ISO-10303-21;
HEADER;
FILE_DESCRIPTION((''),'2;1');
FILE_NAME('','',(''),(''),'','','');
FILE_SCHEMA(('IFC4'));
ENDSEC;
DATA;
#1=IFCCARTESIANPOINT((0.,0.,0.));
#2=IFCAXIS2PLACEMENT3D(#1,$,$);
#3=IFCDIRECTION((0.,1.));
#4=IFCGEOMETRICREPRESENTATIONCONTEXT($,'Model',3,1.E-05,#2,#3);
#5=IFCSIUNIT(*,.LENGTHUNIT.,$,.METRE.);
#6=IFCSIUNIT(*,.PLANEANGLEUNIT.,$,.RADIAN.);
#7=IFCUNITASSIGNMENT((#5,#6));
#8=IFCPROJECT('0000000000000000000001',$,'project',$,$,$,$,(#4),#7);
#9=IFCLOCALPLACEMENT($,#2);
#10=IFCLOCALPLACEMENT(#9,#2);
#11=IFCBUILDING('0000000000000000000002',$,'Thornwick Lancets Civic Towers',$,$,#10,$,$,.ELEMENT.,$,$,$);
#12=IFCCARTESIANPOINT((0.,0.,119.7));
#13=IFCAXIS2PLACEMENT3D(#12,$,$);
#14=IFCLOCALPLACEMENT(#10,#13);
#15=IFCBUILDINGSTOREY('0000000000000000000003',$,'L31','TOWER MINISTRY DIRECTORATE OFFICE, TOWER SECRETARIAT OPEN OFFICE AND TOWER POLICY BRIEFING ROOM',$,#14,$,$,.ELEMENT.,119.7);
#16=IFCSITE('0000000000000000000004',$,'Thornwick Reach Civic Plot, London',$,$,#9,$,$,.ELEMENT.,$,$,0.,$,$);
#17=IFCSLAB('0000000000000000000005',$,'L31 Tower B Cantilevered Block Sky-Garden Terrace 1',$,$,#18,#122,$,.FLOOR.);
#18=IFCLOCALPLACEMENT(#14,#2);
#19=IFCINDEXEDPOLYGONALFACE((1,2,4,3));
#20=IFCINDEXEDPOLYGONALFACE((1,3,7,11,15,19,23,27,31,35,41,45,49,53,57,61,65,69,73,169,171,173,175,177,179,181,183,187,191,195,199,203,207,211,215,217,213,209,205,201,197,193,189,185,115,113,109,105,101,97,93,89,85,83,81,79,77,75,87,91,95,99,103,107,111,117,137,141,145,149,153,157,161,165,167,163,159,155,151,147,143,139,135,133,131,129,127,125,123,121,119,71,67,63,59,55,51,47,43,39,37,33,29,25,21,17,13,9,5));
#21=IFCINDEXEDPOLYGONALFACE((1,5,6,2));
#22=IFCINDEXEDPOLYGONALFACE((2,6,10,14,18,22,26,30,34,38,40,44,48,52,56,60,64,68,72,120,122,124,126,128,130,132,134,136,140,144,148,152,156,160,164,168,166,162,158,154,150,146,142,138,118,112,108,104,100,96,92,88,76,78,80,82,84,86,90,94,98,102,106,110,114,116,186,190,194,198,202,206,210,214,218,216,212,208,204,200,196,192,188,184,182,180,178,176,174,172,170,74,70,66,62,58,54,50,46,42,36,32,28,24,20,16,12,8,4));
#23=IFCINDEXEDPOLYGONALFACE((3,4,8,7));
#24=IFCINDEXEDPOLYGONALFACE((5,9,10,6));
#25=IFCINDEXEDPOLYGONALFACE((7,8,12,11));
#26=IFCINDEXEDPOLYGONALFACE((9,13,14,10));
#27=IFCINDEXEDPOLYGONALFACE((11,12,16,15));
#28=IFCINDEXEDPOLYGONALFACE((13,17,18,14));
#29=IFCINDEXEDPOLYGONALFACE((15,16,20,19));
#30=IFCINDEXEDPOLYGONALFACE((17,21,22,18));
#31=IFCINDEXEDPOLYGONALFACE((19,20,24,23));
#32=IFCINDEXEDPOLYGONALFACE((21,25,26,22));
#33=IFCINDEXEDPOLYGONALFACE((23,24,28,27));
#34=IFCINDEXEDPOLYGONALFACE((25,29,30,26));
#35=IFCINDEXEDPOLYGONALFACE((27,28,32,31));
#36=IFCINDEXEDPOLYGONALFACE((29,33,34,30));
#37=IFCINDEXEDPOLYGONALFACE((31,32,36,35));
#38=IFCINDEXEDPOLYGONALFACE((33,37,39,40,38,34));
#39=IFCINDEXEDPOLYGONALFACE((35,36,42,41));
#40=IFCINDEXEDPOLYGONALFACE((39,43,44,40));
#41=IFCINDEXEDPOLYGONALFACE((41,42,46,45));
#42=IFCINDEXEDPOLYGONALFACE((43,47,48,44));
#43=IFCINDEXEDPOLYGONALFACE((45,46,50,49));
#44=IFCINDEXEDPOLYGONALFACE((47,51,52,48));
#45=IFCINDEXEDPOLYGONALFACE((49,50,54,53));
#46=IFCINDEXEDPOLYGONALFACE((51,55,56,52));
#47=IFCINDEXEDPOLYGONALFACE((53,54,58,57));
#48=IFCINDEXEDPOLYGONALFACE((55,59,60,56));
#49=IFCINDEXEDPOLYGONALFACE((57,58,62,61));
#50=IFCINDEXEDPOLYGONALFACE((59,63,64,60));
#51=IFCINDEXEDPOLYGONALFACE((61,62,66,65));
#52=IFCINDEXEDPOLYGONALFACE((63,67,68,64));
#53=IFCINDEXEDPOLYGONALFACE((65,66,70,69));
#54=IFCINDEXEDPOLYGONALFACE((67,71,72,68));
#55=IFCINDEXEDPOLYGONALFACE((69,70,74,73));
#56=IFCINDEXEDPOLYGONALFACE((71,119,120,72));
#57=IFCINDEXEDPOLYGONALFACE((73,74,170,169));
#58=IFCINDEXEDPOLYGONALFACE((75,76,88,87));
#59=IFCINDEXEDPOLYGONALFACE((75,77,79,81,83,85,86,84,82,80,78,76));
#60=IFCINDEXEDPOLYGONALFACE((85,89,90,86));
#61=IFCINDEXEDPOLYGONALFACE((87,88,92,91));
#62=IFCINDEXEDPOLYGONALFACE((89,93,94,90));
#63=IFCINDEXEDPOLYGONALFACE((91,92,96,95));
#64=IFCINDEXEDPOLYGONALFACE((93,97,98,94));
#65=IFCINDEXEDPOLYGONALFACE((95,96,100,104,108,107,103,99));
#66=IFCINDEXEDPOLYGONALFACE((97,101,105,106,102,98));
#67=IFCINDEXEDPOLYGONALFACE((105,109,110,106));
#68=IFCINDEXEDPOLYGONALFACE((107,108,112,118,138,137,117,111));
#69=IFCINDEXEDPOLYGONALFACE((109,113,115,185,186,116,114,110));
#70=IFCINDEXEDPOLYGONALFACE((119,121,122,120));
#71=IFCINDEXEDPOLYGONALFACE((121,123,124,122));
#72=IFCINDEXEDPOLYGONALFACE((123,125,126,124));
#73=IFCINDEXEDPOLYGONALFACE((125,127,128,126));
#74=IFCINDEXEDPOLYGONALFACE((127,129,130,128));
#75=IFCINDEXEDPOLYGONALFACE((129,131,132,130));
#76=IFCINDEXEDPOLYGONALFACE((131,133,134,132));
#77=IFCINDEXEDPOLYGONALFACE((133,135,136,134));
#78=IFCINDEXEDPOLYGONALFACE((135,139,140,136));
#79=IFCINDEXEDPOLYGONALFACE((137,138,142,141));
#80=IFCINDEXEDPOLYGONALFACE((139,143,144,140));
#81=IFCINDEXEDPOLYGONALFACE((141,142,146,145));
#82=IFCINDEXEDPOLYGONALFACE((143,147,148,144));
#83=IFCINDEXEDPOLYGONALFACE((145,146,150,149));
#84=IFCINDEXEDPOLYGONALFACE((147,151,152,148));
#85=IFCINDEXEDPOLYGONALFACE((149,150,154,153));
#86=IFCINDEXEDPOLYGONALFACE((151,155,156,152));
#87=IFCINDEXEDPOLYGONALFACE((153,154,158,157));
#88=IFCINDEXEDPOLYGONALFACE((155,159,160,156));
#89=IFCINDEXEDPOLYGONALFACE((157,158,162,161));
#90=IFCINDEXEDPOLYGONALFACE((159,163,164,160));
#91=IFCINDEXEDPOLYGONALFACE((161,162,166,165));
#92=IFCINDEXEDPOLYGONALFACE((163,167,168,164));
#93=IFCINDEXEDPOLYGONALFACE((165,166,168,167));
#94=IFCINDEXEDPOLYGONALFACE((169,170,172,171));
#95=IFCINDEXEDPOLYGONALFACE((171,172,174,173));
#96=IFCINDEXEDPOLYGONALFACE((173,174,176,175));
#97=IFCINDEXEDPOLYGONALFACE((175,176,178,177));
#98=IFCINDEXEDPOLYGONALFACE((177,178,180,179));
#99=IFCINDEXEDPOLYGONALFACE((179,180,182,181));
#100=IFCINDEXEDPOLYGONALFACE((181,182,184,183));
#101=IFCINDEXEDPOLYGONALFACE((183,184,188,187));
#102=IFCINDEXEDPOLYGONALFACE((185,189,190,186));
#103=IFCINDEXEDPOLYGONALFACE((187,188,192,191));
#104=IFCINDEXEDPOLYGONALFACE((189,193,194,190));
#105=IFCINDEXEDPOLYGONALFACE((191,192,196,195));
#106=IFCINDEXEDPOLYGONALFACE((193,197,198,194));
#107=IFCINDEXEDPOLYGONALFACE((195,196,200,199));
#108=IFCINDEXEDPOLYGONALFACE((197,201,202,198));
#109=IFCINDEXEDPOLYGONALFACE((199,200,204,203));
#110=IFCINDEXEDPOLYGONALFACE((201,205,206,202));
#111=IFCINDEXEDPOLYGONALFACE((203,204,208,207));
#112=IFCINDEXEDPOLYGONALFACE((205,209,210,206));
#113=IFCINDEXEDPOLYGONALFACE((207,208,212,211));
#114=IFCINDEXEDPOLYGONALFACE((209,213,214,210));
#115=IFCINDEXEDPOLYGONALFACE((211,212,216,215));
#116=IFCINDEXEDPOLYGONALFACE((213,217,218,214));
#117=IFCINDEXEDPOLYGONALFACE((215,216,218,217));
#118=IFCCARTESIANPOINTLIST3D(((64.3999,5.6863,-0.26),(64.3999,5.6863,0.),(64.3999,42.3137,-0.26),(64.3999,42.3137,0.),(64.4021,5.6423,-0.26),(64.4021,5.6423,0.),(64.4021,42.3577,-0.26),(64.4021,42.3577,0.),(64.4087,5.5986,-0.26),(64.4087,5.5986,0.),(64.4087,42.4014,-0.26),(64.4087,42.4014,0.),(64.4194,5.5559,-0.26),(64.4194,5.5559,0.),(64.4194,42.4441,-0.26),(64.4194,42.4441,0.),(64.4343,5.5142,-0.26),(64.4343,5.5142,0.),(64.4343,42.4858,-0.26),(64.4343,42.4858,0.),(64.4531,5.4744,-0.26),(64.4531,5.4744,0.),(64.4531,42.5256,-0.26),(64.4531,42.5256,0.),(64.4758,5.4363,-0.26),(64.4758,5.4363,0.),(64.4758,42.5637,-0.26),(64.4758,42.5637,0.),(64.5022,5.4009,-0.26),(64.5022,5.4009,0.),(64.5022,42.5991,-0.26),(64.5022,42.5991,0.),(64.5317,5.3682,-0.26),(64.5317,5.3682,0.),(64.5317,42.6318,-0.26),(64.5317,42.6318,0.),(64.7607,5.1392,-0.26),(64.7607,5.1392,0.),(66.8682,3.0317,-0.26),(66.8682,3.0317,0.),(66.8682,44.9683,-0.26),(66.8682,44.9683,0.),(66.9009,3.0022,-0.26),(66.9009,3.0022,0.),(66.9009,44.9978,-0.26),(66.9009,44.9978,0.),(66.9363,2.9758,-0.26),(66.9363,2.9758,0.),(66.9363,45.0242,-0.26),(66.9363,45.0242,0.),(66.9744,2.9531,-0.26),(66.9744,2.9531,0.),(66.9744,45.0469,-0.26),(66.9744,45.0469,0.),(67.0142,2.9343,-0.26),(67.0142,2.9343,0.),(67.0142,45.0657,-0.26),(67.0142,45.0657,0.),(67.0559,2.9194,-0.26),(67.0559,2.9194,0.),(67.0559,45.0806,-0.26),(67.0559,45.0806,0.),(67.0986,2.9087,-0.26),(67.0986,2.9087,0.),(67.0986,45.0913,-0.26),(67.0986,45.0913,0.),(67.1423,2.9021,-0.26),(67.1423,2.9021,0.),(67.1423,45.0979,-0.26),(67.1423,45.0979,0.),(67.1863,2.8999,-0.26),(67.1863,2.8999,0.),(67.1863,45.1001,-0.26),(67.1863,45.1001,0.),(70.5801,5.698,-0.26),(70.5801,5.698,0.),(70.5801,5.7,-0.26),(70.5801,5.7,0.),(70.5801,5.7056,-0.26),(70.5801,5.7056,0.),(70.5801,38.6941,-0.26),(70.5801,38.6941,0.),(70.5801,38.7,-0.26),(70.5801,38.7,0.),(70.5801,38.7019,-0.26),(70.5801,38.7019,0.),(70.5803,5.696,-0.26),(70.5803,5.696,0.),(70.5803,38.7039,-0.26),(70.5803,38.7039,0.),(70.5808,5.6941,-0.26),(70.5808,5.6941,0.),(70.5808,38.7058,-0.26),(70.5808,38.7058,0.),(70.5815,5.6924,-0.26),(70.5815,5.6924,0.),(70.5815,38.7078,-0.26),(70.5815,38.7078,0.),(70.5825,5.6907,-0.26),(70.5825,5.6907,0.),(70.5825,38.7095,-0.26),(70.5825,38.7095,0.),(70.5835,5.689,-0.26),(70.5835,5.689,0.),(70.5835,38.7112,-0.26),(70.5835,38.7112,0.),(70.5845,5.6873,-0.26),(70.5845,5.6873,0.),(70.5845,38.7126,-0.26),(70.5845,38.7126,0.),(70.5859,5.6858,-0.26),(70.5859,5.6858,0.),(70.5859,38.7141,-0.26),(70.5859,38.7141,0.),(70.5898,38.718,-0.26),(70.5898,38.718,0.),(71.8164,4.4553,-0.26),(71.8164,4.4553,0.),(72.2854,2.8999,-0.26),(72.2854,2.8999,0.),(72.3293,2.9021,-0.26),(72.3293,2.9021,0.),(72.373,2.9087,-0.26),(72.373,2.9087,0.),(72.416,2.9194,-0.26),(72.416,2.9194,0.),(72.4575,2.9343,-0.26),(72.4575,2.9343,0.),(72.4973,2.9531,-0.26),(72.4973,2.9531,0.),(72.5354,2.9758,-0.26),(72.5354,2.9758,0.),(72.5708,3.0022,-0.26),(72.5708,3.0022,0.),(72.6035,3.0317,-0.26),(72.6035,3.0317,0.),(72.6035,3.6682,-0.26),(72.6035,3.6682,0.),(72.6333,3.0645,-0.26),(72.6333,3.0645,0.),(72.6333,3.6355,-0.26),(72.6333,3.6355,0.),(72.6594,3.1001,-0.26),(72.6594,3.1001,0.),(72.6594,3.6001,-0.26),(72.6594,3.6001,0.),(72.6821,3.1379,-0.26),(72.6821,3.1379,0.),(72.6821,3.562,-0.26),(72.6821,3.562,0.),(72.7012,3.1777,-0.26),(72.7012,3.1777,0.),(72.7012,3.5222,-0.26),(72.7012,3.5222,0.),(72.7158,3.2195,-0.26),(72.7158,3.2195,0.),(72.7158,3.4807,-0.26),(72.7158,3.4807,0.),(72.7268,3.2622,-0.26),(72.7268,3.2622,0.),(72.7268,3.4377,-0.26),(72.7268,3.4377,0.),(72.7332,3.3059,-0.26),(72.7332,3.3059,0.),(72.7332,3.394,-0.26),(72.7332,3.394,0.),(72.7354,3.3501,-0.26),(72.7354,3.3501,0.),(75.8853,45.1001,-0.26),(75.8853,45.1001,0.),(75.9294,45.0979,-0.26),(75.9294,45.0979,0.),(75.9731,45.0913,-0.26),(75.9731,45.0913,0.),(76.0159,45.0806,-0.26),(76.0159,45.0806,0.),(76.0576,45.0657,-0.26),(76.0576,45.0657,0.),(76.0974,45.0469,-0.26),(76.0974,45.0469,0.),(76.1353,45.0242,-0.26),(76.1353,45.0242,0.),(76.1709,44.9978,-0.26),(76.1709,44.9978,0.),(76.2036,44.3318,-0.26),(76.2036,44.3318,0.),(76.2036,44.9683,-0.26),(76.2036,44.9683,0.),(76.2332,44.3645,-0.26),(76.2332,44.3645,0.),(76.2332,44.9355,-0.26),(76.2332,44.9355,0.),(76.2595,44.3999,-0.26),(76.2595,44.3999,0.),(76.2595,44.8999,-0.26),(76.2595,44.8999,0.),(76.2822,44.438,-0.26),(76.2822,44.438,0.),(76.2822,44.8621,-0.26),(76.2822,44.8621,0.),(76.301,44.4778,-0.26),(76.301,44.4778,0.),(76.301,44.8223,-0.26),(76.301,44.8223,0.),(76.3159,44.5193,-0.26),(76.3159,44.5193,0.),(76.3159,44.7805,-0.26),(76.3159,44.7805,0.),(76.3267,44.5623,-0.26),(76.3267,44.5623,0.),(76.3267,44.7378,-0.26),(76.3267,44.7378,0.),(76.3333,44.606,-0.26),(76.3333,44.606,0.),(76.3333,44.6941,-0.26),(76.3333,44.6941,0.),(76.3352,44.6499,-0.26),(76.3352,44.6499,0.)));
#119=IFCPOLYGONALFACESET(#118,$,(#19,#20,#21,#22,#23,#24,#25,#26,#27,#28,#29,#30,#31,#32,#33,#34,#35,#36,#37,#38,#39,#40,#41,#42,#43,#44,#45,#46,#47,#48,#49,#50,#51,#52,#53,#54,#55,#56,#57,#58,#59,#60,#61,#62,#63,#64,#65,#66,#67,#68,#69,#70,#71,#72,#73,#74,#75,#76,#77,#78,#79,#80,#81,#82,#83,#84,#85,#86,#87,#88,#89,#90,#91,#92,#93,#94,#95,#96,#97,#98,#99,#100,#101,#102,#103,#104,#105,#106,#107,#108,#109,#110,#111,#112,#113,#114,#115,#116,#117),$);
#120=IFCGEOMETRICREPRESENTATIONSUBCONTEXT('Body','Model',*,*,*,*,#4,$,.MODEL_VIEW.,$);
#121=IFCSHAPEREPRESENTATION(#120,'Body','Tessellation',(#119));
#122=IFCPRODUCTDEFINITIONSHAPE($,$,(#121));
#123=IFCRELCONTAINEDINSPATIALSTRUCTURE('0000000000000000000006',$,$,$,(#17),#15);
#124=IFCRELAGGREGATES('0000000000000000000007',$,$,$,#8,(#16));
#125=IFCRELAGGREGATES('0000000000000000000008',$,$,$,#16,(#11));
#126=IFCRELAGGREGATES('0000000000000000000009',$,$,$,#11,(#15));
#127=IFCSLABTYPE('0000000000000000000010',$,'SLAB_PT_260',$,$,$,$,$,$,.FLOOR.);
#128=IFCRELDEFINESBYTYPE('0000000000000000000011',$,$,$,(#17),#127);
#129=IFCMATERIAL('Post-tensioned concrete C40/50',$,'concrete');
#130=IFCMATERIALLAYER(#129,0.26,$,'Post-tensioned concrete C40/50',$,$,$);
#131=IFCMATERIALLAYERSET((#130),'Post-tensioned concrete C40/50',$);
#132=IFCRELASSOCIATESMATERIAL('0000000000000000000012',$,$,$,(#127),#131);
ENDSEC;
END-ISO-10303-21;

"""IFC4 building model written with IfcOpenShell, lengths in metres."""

from ifc_helpers import new_model, si_unit, direction, frame, origin, place, context, subcontext, project, spatial, polyline, outline, extrude, material, layer, layer_set, type_object, element, save


model = new_model("IFC4")

# Units and contexts
model_context = context("Model", 3, precision=1e-05, world=origin(), true_north=direction((0.0, 1.0)))
body_context = subcontext(model_context, "Body", "Model", "MODEL_VIEW")
ifc_project = project(units=[si_unit("LENGTHUNIT", "METRE"), si_unit("PLANEANGLEUNIT", "RADIAN")], contexts=[model_context])

# Site, building, storey
site_placement = place(None, origin())
site = spatial("IfcSite", under=ifc_project, at=site_placement, Name="Thornwick Reach Civic Plot, London", CompositionType="ELEMENT", RefElevation=0.0)
building_placement = place(site_placement, origin())
building = spatial("IfcBuilding", under=site, at=building_placement, Name="Thornwick Lancets Civic Towers", CompositionType="ELEMENT")
storey_placement = place(building_placement, frame((0.0, 0.0, 119.7)))
storey = spatial("IfcBuildingStorey", under=building, at=storey_placement, Name="L31", Description="TOWER MINISTRY DIRECTORATE OFFICE, TOWER SECRETARIAT OPEN OFFICE AND TOWER POLICY BRIEFING ROOM", CompositionType="ELEMENT", Elevation=119.7)

# Slab
ifc_material_1 = material(Name="Post-tensioned concrete C40/50", Category="concrete")
ifc_layer_1 = layer(ifc_material_1, 0.26, Name="Post-tensioned concrete C40/50")
ifc_layer_set_1 = layer_set([ifc_layer_1], Name="Post-tensioned concrete C40/50")
slab_type_1 = type_object("IfcSlabType", Name="SLAB_PT_260", PredefinedType="FLOOR", material=ifc_layer_set_1)
slab_1_placement = place(storey_placement, frame((0.0, 0.0, -0.26)))
element("IfcSlab", 1, at=slab_1_placement, inside=storey, type_object=slab_type_1, Name="L31 Tower B Cantilevered Block Sky-Garden Terrace 1", PredefinedType="FLOOR", context=body_context, shape_type="SweptSolid", body=[
    extrude(outline(polyline([(72.6333, 3.6355), (72.6594, 3.6001), (72.6821, 3.562), (72.7012, 3.5222), (72.7158, 3.4807), (72.7268, 3.4377), (72.7332, 3.394), (72.7354, 3.3501), (72.7332, 3.3059), (72.7268, 3.2622), (72.7158, 3.2195), (72.7012, 3.1777), (72.6821, 3.1379), (72.6594, 3.1001), (72.6333, 3.0645), (72.6035, 3.0317), (72.5708, 3.0022), (72.5354, 2.9758), (72.4973, 2.9531), (72.4575, 2.9343), (72.416, 2.9194), (72.373, 2.9087), (72.3293, 2.9021), (72.2854, 2.8999), (67.1863, 2.8999), (67.1423, 2.9021), (67.0986, 2.9087), (67.0559, 2.9194), (67.0142, 2.9343), (66.9744, 2.9531), (66.9363, 2.9758), (66.9009, 3.0022), (66.8682, 3.0317), (64.7607, 5.1392), (64.5317, 5.3682), (64.5022, 5.4009), (64.4758, 5.4363), (64.4531, 5.4744), (64.4343, 5.5142), (64.4194, 5.5559), (64.4087, 5.5986), (64.4021, 5.6423), (64.3999, 5.6863), (64.3999, 42.3137), (64.4021, 42.3577), (64.4087, 42.4014), (64.4194, 42.4441), (64.4343, 42.4858), (64.4531, 42.5256), (64.4758, 42.5637), (64.5022, 42.5991), (64.5317, 42.6318), (66.8682, 44.9683), (66.9009, 44.9978), (66.9363, 45.0242), (66.9744, 45.0469), (67.0142, 45.0657), (67.0559, 45.0806), (67.0986, 45.0913), (67.1423, 45.0979), (67.1863, 45.1001), (75.8853, 45.1001), (75.9294, 45.0979), (75.9731, 45.0913), (76.0159, 45.0806), (76.0576, 45.0657), (76.0974, 45.0469), (76.1353, 45.0242), (76.1709, 44.9978), (76.2036, 44.9683), (76.2332, 44.9355), (76.2595, 44.8999), (76.2822, 44.8621), (76.301, 44.8223), (76.3159, 44.7805), (76.3267, 44.7378), (76.3333, 44.6941), (76.3352, 44.6499), (76.3333, 44.606), (76.3267, 44.5623), (76.3159, 44.5193), (76.301, 44.4778), (76.2822, 44.438), (76.2595, 44.3999), (76.2332, 44.3645), (76.2036, 44.3318), (70.5898, 38.718), (70.5859, 38.7141), (70.5845, 38.7126), (70.5835, 38.7112), (70.5825, 38.7095), (70.5815, 38.7078), (70.5808, 38.7058), (70.5803, 38.7039), (70.5801, 38.7019), (70.5801, 38.7), (70.5801, 38.6941), (70.5801, 5.7056), (70.5801, 5.7), (70.5801, 5.698), (70.5803, 5.696), (70.5808, 5.6941), (70.5815, 5.6924), (70.5825, 5.6907), (70.5835, 5.689), (70.5845, 5.6873), (70.5859, 5.6858), (71.8164, 4.4553), (72.6035, 3.6682), (72.6333, 3.6355)])), origin(), (0.0, 0.0, 1.0), 0.26),
])

save(model, "model.ifc")
